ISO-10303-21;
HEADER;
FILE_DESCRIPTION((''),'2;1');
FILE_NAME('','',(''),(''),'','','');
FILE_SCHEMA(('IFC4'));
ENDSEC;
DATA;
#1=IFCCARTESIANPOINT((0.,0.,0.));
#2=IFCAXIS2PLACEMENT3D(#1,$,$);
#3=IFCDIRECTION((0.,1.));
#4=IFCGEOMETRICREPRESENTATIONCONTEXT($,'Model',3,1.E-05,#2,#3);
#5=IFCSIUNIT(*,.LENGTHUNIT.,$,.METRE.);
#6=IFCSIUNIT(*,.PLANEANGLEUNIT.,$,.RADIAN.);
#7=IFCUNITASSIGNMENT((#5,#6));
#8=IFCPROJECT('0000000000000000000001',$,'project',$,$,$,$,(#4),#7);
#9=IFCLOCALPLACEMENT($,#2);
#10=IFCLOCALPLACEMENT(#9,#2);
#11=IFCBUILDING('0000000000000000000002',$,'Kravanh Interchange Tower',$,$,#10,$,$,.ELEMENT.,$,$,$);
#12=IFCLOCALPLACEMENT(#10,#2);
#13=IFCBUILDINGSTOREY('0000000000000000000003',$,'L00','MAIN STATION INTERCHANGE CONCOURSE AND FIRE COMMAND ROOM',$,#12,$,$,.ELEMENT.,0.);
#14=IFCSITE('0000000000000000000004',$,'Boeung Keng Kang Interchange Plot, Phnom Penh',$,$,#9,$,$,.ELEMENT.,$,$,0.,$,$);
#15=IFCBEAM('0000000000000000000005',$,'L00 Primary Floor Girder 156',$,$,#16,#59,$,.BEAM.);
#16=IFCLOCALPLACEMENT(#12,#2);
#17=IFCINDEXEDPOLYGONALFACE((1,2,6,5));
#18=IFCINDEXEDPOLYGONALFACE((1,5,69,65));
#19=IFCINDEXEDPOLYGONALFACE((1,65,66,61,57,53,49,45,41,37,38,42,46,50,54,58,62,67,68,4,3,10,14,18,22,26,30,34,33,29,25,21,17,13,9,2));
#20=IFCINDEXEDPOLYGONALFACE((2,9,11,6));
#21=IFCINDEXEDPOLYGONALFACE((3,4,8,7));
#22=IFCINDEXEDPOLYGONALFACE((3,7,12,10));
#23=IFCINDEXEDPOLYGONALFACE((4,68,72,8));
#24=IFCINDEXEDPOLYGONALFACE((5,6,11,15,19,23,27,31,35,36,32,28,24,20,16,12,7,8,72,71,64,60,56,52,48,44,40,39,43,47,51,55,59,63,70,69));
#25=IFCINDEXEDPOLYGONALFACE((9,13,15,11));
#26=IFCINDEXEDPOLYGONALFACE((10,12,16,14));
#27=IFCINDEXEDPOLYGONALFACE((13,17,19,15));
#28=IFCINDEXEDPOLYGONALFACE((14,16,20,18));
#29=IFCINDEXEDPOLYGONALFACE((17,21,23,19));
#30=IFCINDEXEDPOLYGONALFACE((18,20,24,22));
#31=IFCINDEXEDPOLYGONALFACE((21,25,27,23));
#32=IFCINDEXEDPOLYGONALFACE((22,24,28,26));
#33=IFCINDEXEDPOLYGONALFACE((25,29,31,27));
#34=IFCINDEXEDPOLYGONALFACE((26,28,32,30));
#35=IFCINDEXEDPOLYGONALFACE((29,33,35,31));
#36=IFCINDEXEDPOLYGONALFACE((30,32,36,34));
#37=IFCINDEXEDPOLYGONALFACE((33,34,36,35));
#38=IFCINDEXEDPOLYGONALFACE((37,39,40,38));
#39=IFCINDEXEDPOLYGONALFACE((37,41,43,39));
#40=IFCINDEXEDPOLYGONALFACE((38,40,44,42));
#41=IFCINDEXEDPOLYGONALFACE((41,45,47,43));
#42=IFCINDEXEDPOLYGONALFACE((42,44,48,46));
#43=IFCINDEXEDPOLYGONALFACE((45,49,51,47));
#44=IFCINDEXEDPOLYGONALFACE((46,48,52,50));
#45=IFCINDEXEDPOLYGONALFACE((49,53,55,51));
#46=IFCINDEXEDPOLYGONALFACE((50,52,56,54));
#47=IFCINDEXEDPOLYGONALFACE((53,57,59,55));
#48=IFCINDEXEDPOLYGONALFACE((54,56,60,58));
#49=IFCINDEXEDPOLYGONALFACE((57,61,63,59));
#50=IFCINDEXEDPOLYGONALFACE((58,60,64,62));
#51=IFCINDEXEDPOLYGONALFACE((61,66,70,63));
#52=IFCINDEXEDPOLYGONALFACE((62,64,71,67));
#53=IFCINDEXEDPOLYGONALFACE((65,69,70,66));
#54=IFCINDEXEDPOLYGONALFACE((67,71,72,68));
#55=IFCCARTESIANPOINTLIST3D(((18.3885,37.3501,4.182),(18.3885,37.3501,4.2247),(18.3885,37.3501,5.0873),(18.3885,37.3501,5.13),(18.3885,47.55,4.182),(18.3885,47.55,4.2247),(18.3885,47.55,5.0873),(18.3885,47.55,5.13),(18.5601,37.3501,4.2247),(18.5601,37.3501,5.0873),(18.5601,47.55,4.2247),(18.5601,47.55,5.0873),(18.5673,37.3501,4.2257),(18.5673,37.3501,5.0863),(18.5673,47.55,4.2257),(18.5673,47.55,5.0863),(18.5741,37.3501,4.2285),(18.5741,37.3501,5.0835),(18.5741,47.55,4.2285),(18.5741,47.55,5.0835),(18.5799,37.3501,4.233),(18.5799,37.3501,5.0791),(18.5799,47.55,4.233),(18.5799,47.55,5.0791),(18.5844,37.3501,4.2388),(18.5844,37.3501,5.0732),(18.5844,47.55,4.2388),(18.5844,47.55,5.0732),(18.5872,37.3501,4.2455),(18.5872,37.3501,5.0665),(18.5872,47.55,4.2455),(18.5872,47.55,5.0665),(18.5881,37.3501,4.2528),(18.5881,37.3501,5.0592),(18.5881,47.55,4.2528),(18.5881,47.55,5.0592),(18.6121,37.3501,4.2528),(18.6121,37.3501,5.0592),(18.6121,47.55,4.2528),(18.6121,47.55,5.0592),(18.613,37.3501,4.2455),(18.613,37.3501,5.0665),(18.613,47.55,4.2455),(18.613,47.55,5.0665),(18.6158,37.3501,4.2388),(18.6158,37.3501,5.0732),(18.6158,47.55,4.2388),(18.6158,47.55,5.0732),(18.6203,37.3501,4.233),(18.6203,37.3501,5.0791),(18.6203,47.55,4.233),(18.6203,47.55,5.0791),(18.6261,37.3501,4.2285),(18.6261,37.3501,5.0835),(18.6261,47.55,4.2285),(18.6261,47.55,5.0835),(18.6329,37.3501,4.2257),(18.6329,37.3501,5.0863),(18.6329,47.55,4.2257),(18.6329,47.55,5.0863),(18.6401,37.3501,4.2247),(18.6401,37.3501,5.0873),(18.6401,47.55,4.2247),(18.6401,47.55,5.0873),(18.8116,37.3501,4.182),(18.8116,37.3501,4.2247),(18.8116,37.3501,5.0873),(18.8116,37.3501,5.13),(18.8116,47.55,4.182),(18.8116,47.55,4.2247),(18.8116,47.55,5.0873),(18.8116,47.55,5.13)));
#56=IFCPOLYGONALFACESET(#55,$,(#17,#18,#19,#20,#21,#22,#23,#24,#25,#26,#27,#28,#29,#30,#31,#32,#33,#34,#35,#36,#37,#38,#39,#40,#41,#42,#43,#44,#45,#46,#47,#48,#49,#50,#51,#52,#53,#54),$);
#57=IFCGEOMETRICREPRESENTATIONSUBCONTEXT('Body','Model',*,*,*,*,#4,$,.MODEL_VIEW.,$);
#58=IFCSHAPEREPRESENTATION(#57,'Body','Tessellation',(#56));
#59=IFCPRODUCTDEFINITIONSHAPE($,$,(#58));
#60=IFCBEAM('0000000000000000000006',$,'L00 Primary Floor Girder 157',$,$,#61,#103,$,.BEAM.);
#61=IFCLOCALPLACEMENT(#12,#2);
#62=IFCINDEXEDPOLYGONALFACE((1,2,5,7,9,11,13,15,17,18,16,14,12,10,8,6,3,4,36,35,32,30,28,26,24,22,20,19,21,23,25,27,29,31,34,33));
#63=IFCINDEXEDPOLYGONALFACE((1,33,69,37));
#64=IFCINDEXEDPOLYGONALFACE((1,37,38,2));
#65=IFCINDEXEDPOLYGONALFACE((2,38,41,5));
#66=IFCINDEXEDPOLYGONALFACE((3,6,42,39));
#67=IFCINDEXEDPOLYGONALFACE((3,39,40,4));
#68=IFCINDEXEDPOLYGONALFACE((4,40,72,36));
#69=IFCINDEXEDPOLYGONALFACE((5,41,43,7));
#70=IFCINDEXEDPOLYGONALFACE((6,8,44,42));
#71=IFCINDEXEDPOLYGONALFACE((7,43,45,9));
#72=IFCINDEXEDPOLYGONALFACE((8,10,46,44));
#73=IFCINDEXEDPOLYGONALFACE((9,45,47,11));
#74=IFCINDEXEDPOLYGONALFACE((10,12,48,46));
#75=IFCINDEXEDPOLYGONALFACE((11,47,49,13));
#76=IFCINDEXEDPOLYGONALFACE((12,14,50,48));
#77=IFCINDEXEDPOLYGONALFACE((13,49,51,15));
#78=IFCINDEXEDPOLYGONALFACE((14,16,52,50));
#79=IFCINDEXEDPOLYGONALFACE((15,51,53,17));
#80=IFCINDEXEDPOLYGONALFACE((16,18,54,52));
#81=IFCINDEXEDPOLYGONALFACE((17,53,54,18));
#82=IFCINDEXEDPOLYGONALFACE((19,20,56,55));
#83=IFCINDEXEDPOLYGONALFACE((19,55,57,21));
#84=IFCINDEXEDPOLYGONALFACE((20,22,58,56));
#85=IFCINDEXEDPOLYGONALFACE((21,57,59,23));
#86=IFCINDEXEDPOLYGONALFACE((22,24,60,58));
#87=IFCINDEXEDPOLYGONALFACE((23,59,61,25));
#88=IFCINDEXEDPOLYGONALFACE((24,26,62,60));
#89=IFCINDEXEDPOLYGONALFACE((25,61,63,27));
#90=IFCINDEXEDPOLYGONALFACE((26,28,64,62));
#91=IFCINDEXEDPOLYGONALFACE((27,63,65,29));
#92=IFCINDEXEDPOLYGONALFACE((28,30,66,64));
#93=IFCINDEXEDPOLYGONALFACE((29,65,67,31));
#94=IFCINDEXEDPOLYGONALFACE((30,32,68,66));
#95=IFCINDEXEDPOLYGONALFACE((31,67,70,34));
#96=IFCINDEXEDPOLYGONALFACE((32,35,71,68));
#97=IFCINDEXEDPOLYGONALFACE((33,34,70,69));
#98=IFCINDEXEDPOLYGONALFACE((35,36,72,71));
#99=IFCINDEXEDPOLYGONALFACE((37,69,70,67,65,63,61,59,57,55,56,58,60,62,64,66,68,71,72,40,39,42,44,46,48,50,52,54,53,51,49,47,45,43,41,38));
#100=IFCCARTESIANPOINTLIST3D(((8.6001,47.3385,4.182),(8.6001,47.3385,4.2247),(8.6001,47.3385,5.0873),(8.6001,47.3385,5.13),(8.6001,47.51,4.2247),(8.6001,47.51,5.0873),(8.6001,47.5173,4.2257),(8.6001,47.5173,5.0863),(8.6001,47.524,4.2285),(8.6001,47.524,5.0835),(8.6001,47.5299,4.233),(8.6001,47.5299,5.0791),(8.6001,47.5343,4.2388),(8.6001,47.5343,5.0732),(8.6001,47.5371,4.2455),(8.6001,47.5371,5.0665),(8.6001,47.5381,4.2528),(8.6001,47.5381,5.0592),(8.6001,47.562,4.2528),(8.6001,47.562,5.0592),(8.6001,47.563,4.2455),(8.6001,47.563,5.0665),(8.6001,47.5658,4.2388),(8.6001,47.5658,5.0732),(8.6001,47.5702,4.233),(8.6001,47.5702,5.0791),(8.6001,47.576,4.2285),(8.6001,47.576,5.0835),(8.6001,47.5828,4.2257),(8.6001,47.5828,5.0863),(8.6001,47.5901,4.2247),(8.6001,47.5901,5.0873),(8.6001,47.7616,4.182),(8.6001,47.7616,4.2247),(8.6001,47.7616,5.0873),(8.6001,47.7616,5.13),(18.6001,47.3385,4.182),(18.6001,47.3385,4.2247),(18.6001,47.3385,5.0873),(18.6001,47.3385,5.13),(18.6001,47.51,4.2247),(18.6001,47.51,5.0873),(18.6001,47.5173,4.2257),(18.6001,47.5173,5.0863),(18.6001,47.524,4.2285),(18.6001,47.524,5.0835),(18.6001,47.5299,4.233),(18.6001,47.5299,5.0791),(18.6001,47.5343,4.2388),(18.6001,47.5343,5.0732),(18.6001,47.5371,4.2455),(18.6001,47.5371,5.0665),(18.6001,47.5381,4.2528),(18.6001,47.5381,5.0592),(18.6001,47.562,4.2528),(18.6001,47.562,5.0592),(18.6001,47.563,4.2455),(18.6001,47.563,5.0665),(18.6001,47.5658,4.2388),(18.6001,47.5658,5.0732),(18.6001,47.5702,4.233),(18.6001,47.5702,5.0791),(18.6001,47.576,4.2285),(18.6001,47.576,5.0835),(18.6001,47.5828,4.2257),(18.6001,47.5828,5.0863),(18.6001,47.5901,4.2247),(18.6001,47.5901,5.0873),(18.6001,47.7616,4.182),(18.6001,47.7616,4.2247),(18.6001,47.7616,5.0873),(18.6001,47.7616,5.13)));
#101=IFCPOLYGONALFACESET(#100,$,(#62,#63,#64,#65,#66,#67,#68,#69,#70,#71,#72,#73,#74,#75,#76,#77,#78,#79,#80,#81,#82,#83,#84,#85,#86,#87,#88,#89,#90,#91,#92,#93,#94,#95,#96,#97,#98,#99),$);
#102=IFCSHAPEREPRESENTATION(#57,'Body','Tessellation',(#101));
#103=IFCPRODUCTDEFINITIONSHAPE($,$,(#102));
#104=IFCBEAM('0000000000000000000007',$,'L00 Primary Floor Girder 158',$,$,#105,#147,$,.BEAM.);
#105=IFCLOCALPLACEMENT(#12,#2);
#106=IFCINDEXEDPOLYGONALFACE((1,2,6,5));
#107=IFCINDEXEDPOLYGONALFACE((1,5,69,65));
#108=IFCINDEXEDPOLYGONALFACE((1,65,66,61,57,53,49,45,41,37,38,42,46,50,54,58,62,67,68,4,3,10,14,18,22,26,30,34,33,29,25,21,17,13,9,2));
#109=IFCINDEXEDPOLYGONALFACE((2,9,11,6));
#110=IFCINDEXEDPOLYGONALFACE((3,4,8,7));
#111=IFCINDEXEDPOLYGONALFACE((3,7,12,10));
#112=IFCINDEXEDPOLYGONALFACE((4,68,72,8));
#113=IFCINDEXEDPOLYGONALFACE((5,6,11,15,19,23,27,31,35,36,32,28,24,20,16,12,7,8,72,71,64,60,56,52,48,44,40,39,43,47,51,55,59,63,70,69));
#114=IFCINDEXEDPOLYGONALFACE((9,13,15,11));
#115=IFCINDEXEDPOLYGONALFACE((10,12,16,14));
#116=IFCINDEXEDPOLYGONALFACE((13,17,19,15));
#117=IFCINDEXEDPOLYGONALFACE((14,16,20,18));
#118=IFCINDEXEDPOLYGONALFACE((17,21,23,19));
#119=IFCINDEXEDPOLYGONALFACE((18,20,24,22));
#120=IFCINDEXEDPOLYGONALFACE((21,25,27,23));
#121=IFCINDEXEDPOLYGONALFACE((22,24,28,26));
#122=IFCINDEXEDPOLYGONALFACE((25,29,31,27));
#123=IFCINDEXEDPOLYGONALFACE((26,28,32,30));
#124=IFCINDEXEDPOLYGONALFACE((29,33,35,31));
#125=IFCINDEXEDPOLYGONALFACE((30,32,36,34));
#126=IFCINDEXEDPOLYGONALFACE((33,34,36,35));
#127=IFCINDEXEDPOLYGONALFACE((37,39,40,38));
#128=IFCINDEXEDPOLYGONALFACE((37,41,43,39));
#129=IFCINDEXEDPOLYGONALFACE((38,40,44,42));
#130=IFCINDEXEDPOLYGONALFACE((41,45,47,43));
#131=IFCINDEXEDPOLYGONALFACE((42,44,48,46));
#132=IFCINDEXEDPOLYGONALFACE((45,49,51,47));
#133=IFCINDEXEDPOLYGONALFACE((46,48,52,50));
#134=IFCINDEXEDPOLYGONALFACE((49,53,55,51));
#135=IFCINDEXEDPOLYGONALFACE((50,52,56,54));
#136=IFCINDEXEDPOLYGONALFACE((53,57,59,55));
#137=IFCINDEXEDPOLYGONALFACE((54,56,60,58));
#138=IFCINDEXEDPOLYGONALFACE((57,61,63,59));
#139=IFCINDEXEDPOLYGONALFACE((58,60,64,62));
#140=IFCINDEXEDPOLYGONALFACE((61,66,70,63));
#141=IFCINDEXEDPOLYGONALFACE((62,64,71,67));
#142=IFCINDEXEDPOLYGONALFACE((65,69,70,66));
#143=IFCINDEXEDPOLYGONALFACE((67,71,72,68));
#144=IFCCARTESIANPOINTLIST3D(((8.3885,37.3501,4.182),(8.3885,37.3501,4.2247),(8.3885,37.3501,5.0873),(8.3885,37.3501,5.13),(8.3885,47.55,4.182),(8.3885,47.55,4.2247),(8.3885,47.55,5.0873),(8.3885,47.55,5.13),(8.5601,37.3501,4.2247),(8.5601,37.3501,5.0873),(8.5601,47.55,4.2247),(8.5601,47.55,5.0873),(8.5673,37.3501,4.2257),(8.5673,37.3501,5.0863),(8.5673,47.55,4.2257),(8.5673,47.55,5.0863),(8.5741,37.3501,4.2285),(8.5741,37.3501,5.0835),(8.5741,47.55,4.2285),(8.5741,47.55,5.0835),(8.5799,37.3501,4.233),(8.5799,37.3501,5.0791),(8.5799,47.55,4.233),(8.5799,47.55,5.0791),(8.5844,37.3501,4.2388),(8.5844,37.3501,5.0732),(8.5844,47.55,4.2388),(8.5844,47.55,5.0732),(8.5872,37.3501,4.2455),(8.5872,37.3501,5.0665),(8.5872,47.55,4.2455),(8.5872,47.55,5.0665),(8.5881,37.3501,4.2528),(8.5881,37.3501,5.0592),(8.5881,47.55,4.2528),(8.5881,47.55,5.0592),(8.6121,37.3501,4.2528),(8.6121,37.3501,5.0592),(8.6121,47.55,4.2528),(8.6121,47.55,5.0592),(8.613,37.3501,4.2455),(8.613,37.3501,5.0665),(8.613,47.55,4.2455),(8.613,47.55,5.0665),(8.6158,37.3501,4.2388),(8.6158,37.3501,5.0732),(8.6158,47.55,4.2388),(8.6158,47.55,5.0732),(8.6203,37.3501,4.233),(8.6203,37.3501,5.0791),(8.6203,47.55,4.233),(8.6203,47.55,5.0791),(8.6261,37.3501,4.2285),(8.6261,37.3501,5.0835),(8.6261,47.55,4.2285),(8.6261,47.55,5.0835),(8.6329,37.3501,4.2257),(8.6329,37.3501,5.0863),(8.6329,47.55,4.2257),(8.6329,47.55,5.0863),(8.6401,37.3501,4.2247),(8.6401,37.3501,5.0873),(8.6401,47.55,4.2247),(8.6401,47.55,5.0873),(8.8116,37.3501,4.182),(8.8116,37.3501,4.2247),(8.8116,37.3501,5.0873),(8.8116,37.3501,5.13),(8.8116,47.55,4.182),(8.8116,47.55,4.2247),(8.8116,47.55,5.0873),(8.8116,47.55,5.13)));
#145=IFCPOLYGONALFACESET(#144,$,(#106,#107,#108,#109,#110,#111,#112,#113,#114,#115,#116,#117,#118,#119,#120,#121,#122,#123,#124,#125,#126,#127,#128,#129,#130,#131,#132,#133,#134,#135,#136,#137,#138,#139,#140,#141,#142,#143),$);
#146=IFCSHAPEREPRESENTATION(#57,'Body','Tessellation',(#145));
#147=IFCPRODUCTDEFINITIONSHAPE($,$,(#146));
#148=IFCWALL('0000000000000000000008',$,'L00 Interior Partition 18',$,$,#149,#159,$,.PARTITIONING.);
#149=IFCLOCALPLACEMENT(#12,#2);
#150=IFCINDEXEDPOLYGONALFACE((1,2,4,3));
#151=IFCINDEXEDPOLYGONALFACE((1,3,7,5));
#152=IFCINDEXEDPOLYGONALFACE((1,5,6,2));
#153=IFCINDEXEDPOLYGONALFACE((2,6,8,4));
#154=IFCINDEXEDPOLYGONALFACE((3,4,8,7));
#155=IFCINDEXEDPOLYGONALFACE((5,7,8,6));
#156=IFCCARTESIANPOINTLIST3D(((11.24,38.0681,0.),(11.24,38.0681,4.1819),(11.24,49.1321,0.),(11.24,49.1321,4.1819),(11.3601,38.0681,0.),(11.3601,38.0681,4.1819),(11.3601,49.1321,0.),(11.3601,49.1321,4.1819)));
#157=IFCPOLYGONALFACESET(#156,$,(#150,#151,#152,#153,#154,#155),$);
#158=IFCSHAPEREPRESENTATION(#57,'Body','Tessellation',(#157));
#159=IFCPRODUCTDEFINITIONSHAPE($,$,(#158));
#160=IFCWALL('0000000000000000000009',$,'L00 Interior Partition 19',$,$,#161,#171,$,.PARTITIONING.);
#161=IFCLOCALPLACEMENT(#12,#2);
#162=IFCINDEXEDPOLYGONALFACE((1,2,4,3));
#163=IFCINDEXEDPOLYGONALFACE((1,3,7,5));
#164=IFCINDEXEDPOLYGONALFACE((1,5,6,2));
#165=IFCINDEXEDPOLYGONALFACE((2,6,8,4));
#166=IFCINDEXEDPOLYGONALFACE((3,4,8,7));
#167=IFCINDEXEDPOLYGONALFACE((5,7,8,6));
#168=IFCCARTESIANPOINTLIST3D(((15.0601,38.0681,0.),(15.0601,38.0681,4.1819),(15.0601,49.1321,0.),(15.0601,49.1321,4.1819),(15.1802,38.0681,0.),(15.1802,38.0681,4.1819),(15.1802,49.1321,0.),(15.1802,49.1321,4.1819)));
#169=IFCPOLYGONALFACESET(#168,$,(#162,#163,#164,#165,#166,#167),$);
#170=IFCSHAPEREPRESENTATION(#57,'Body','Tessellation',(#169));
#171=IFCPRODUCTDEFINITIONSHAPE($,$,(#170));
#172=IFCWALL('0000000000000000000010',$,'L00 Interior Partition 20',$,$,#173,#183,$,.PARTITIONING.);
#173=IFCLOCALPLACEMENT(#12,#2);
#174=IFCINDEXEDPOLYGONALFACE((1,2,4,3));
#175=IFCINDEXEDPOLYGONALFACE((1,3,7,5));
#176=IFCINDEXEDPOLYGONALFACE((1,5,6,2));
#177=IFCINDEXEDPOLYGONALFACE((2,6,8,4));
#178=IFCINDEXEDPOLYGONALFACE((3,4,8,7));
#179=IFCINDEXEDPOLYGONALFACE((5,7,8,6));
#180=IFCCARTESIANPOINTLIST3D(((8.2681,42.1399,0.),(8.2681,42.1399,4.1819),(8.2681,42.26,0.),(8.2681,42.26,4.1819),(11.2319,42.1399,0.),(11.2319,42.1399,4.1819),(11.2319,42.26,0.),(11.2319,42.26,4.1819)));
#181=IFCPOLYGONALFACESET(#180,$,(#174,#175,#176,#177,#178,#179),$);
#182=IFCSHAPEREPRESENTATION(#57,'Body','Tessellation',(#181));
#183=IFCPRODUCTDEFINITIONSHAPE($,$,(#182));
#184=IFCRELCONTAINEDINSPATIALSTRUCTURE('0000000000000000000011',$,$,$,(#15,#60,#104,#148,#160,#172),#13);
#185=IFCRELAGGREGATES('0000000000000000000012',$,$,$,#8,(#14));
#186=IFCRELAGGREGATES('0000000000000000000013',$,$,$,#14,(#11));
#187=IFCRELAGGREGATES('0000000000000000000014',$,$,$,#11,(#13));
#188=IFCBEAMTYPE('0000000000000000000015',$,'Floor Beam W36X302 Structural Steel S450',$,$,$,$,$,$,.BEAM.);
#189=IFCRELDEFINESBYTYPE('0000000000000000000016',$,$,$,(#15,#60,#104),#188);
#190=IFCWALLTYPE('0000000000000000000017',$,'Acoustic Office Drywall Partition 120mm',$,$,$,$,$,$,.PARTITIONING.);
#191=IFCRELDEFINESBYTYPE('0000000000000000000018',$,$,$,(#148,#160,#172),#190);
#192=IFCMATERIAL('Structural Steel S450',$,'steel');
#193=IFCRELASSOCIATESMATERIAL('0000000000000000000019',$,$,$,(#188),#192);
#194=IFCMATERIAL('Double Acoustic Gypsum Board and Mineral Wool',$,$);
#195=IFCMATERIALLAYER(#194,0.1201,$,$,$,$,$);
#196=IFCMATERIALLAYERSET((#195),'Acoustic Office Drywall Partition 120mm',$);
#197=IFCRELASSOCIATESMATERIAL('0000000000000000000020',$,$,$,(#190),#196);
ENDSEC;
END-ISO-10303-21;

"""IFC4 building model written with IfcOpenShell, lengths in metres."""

from ifc_helpers import new_model, si_unit, direction, frame, frame_2d, origin, origin_2d, place, context, subcontext, project, spatial, rectangle, i_section, extrude, material, layer, layer_set, material_profile, profile_set, type_object, element, save


model = new_model("IFC4")

# Units and contexts
model_context = context("Model", 3, precision=1e-05, world=origin(), true_north=direction((0.0, 1.0)))
body_context = subcontext(model_context, "Body", "Model", "MODEL_VIEW")
ifc_project = project(units=[si_unit("LENGTHUNIT", "METRE"), si_unit("PLANEANGLEUNIT", "RADIAN")], contexts=[model_context])

# Site, building, storey
site_placement = place(None, origin())
site = spatial("IfcSite", under=ifc_project, at=site_placement, Name="Boeung Keng Kang Interchange Plot, Phnom Penh", CompositionType="ELEMENT", RefElevation=0.0)
building_placement = place(site_placement, origin())
building = spatial("IfcBuilding", under=site, at=building_placement, Name="Kravanh Interchange Tower", CompositionType="ELEMENT")
storey_placement = place(building_placement, origin())
storey = spatial("IfcBuildingStorey", under=building, at=storey_placement, Name="L00", Description="MAIN STATION INTERCHANGE CONCOURSE AND FIRE COMMAND ROOM", CompositionType="ELEMENT", Elevation=0.0)

# Beams
ifc_material_1 = material(Name="Structural Steel S450", Category="steel")
ifc_material_profile_1 = material_profile(ifc_material_1, i_section(OverallWidth=0.4231, OverallDepth=0.948, WebThickness=0.0239, FlangeThickness=0.0427, FilletRadius=0.0281, at=origin_2d()), Name="W36X302")
ifc_profile_set_1 = profile_set([ifc_material_profile_1], Name="Structural Steel S450")
beam_type = type_object("IfcBeamType", Name="Floor Beam W36X302 Structural Steel S450", PredefinedType="BEAM", material=ifc_profile_set_1)
beam_1_placement = place(storey_placement, frame((18.6001, 37.3501, 4.656), z_axis=(0.0, 1.0, 0.0), x_axis=(-1.0, 0.0, 0.0)))
element("IfcBeam", 1, at=beam_1_placement, inside=storey, type_object=beam_type, Name="L00 Primary Floor Girder 156", PredefinedType="BEAM", context=body_context, shape_type="SweptSolid", body=[
    extrude(i_section(OverallWidth=0.4231, OverallDepth=0.948, WebThickness=0.0239, FlangeThickness=0.0427, FilletRadius=0.0281, at=origin_2d()), origin(), (0.0, 0.0, 1.0), 10.2),
])
beam_2_placement = place(storey_placement, frame((18.6001, 47.55, 4.656), z_axis=(-1.0, 0.0, 0.0), x_axis=(0.0, -1.0, 0.0)))
element("IfcBeam", 2, at=beam_2_placement, inside=storey, type_object=beam_type, Name="L00 Primary Floor Girder 157", PredefinedType="BEAM", context=body_context, shape_type="SweptSolid", body=[
    extrude(i_section(OverallWidth=0.4231, OverallDepth=0.948, WebThickness=0.0239, FlangeThickness=0.0427, FilletRadius=0.0281, at=origin_2d()), origin(), (0.0, 0.0, 1.0), 10.0),
])
beam_3_placement = place(storey_placement, frame((8.6001, 37.3501, 4.656), z_axis=(0.0, 1.0, 0.0), x_axis=(-1.0, 0.0, 0.0)))
element("IfcBeam", 3, at=beam_3_placement, inside=storey, type_object=beam_type, Name="L00 Primary Floor Girder 158", PredefinedType="BEAM", context=body_context, shape_type="SweptSolid", body=[
    extrude(i_section(OverallWidth=0.4231, OverallDepth=0.948, WebThickness=0.0239, FlangeThickness=0.0427, FilletRadius=0.0281, at=origin_2d()), origin(), (0.0, 0.0, 1.0), 10.2),
])

# Walls
ifc_material_2 = material(Name="Double Acoustic Gypsum Board and Mineral Wool")
ifc_layer_1 = layer(ifc_material_2, 0.1201)
ifc_layer_set_1 = layer_set([ifc_layer_1], Name="Acoustic Office Drywall Partition 120mm")
wall_type_1 = type_object("IfcWallType", Name="Acoustic Office Drywall Partition 120mm", PredefinedType="PARTITIONING", material=ifc_layer_set_1)
for number, where, z_axis, x_axis, name in (
    (4, (11.3, 38.0681, 0.0), (0.0, 0.0, 1.0), (0.0, 1.0, 0.0), "L00 Interior Partition 18"),
    (5, (15.1201, 38.0681, 0.0), (0.0, 0.0, 1.0), (0.0, 1.0, 0.0), "L00 Interior Partition 19"),
):
    element("IfcWall", number, at=place(storey_placement, frame(where, z_axis=z_axis, x_axis=x_axis)), inside=storey, type_object=wall_type_1, Name=name, PredefinedType="PARTITIONING", context=body_context, shape_type="SweptSolid", body=[
        extrude(rectangle(XDim=11.064, YDim=0.1201, at=frame_2d((5.532, 0.0))), origin(), (0.0, 0.0, 1.0), 4.1819),
    ])
wall_1_placement = place(storey_placement, frame((8.2681, 42.2, 0.0), z_axis=(0.0, 0.0, 1.0), x_axis=(1.0, 0.0, 0.0)))
element("IfcWall", 6, at=wall_1_placement, inside=storey, type_object=wall_type_1, Name="L00 Interior Partition 20", PredefinedType="PARTITIONING", context=body_context, shape_type="SweptSolid", body=[
    extrude(rectangle(XDim=2.9639, YDim=0.1201, at=frame_2d((1.4819, 0.0))), origin(), (0.0, 0.0, 1.0), 4.1819),
])

save(model, "model.ifc")
